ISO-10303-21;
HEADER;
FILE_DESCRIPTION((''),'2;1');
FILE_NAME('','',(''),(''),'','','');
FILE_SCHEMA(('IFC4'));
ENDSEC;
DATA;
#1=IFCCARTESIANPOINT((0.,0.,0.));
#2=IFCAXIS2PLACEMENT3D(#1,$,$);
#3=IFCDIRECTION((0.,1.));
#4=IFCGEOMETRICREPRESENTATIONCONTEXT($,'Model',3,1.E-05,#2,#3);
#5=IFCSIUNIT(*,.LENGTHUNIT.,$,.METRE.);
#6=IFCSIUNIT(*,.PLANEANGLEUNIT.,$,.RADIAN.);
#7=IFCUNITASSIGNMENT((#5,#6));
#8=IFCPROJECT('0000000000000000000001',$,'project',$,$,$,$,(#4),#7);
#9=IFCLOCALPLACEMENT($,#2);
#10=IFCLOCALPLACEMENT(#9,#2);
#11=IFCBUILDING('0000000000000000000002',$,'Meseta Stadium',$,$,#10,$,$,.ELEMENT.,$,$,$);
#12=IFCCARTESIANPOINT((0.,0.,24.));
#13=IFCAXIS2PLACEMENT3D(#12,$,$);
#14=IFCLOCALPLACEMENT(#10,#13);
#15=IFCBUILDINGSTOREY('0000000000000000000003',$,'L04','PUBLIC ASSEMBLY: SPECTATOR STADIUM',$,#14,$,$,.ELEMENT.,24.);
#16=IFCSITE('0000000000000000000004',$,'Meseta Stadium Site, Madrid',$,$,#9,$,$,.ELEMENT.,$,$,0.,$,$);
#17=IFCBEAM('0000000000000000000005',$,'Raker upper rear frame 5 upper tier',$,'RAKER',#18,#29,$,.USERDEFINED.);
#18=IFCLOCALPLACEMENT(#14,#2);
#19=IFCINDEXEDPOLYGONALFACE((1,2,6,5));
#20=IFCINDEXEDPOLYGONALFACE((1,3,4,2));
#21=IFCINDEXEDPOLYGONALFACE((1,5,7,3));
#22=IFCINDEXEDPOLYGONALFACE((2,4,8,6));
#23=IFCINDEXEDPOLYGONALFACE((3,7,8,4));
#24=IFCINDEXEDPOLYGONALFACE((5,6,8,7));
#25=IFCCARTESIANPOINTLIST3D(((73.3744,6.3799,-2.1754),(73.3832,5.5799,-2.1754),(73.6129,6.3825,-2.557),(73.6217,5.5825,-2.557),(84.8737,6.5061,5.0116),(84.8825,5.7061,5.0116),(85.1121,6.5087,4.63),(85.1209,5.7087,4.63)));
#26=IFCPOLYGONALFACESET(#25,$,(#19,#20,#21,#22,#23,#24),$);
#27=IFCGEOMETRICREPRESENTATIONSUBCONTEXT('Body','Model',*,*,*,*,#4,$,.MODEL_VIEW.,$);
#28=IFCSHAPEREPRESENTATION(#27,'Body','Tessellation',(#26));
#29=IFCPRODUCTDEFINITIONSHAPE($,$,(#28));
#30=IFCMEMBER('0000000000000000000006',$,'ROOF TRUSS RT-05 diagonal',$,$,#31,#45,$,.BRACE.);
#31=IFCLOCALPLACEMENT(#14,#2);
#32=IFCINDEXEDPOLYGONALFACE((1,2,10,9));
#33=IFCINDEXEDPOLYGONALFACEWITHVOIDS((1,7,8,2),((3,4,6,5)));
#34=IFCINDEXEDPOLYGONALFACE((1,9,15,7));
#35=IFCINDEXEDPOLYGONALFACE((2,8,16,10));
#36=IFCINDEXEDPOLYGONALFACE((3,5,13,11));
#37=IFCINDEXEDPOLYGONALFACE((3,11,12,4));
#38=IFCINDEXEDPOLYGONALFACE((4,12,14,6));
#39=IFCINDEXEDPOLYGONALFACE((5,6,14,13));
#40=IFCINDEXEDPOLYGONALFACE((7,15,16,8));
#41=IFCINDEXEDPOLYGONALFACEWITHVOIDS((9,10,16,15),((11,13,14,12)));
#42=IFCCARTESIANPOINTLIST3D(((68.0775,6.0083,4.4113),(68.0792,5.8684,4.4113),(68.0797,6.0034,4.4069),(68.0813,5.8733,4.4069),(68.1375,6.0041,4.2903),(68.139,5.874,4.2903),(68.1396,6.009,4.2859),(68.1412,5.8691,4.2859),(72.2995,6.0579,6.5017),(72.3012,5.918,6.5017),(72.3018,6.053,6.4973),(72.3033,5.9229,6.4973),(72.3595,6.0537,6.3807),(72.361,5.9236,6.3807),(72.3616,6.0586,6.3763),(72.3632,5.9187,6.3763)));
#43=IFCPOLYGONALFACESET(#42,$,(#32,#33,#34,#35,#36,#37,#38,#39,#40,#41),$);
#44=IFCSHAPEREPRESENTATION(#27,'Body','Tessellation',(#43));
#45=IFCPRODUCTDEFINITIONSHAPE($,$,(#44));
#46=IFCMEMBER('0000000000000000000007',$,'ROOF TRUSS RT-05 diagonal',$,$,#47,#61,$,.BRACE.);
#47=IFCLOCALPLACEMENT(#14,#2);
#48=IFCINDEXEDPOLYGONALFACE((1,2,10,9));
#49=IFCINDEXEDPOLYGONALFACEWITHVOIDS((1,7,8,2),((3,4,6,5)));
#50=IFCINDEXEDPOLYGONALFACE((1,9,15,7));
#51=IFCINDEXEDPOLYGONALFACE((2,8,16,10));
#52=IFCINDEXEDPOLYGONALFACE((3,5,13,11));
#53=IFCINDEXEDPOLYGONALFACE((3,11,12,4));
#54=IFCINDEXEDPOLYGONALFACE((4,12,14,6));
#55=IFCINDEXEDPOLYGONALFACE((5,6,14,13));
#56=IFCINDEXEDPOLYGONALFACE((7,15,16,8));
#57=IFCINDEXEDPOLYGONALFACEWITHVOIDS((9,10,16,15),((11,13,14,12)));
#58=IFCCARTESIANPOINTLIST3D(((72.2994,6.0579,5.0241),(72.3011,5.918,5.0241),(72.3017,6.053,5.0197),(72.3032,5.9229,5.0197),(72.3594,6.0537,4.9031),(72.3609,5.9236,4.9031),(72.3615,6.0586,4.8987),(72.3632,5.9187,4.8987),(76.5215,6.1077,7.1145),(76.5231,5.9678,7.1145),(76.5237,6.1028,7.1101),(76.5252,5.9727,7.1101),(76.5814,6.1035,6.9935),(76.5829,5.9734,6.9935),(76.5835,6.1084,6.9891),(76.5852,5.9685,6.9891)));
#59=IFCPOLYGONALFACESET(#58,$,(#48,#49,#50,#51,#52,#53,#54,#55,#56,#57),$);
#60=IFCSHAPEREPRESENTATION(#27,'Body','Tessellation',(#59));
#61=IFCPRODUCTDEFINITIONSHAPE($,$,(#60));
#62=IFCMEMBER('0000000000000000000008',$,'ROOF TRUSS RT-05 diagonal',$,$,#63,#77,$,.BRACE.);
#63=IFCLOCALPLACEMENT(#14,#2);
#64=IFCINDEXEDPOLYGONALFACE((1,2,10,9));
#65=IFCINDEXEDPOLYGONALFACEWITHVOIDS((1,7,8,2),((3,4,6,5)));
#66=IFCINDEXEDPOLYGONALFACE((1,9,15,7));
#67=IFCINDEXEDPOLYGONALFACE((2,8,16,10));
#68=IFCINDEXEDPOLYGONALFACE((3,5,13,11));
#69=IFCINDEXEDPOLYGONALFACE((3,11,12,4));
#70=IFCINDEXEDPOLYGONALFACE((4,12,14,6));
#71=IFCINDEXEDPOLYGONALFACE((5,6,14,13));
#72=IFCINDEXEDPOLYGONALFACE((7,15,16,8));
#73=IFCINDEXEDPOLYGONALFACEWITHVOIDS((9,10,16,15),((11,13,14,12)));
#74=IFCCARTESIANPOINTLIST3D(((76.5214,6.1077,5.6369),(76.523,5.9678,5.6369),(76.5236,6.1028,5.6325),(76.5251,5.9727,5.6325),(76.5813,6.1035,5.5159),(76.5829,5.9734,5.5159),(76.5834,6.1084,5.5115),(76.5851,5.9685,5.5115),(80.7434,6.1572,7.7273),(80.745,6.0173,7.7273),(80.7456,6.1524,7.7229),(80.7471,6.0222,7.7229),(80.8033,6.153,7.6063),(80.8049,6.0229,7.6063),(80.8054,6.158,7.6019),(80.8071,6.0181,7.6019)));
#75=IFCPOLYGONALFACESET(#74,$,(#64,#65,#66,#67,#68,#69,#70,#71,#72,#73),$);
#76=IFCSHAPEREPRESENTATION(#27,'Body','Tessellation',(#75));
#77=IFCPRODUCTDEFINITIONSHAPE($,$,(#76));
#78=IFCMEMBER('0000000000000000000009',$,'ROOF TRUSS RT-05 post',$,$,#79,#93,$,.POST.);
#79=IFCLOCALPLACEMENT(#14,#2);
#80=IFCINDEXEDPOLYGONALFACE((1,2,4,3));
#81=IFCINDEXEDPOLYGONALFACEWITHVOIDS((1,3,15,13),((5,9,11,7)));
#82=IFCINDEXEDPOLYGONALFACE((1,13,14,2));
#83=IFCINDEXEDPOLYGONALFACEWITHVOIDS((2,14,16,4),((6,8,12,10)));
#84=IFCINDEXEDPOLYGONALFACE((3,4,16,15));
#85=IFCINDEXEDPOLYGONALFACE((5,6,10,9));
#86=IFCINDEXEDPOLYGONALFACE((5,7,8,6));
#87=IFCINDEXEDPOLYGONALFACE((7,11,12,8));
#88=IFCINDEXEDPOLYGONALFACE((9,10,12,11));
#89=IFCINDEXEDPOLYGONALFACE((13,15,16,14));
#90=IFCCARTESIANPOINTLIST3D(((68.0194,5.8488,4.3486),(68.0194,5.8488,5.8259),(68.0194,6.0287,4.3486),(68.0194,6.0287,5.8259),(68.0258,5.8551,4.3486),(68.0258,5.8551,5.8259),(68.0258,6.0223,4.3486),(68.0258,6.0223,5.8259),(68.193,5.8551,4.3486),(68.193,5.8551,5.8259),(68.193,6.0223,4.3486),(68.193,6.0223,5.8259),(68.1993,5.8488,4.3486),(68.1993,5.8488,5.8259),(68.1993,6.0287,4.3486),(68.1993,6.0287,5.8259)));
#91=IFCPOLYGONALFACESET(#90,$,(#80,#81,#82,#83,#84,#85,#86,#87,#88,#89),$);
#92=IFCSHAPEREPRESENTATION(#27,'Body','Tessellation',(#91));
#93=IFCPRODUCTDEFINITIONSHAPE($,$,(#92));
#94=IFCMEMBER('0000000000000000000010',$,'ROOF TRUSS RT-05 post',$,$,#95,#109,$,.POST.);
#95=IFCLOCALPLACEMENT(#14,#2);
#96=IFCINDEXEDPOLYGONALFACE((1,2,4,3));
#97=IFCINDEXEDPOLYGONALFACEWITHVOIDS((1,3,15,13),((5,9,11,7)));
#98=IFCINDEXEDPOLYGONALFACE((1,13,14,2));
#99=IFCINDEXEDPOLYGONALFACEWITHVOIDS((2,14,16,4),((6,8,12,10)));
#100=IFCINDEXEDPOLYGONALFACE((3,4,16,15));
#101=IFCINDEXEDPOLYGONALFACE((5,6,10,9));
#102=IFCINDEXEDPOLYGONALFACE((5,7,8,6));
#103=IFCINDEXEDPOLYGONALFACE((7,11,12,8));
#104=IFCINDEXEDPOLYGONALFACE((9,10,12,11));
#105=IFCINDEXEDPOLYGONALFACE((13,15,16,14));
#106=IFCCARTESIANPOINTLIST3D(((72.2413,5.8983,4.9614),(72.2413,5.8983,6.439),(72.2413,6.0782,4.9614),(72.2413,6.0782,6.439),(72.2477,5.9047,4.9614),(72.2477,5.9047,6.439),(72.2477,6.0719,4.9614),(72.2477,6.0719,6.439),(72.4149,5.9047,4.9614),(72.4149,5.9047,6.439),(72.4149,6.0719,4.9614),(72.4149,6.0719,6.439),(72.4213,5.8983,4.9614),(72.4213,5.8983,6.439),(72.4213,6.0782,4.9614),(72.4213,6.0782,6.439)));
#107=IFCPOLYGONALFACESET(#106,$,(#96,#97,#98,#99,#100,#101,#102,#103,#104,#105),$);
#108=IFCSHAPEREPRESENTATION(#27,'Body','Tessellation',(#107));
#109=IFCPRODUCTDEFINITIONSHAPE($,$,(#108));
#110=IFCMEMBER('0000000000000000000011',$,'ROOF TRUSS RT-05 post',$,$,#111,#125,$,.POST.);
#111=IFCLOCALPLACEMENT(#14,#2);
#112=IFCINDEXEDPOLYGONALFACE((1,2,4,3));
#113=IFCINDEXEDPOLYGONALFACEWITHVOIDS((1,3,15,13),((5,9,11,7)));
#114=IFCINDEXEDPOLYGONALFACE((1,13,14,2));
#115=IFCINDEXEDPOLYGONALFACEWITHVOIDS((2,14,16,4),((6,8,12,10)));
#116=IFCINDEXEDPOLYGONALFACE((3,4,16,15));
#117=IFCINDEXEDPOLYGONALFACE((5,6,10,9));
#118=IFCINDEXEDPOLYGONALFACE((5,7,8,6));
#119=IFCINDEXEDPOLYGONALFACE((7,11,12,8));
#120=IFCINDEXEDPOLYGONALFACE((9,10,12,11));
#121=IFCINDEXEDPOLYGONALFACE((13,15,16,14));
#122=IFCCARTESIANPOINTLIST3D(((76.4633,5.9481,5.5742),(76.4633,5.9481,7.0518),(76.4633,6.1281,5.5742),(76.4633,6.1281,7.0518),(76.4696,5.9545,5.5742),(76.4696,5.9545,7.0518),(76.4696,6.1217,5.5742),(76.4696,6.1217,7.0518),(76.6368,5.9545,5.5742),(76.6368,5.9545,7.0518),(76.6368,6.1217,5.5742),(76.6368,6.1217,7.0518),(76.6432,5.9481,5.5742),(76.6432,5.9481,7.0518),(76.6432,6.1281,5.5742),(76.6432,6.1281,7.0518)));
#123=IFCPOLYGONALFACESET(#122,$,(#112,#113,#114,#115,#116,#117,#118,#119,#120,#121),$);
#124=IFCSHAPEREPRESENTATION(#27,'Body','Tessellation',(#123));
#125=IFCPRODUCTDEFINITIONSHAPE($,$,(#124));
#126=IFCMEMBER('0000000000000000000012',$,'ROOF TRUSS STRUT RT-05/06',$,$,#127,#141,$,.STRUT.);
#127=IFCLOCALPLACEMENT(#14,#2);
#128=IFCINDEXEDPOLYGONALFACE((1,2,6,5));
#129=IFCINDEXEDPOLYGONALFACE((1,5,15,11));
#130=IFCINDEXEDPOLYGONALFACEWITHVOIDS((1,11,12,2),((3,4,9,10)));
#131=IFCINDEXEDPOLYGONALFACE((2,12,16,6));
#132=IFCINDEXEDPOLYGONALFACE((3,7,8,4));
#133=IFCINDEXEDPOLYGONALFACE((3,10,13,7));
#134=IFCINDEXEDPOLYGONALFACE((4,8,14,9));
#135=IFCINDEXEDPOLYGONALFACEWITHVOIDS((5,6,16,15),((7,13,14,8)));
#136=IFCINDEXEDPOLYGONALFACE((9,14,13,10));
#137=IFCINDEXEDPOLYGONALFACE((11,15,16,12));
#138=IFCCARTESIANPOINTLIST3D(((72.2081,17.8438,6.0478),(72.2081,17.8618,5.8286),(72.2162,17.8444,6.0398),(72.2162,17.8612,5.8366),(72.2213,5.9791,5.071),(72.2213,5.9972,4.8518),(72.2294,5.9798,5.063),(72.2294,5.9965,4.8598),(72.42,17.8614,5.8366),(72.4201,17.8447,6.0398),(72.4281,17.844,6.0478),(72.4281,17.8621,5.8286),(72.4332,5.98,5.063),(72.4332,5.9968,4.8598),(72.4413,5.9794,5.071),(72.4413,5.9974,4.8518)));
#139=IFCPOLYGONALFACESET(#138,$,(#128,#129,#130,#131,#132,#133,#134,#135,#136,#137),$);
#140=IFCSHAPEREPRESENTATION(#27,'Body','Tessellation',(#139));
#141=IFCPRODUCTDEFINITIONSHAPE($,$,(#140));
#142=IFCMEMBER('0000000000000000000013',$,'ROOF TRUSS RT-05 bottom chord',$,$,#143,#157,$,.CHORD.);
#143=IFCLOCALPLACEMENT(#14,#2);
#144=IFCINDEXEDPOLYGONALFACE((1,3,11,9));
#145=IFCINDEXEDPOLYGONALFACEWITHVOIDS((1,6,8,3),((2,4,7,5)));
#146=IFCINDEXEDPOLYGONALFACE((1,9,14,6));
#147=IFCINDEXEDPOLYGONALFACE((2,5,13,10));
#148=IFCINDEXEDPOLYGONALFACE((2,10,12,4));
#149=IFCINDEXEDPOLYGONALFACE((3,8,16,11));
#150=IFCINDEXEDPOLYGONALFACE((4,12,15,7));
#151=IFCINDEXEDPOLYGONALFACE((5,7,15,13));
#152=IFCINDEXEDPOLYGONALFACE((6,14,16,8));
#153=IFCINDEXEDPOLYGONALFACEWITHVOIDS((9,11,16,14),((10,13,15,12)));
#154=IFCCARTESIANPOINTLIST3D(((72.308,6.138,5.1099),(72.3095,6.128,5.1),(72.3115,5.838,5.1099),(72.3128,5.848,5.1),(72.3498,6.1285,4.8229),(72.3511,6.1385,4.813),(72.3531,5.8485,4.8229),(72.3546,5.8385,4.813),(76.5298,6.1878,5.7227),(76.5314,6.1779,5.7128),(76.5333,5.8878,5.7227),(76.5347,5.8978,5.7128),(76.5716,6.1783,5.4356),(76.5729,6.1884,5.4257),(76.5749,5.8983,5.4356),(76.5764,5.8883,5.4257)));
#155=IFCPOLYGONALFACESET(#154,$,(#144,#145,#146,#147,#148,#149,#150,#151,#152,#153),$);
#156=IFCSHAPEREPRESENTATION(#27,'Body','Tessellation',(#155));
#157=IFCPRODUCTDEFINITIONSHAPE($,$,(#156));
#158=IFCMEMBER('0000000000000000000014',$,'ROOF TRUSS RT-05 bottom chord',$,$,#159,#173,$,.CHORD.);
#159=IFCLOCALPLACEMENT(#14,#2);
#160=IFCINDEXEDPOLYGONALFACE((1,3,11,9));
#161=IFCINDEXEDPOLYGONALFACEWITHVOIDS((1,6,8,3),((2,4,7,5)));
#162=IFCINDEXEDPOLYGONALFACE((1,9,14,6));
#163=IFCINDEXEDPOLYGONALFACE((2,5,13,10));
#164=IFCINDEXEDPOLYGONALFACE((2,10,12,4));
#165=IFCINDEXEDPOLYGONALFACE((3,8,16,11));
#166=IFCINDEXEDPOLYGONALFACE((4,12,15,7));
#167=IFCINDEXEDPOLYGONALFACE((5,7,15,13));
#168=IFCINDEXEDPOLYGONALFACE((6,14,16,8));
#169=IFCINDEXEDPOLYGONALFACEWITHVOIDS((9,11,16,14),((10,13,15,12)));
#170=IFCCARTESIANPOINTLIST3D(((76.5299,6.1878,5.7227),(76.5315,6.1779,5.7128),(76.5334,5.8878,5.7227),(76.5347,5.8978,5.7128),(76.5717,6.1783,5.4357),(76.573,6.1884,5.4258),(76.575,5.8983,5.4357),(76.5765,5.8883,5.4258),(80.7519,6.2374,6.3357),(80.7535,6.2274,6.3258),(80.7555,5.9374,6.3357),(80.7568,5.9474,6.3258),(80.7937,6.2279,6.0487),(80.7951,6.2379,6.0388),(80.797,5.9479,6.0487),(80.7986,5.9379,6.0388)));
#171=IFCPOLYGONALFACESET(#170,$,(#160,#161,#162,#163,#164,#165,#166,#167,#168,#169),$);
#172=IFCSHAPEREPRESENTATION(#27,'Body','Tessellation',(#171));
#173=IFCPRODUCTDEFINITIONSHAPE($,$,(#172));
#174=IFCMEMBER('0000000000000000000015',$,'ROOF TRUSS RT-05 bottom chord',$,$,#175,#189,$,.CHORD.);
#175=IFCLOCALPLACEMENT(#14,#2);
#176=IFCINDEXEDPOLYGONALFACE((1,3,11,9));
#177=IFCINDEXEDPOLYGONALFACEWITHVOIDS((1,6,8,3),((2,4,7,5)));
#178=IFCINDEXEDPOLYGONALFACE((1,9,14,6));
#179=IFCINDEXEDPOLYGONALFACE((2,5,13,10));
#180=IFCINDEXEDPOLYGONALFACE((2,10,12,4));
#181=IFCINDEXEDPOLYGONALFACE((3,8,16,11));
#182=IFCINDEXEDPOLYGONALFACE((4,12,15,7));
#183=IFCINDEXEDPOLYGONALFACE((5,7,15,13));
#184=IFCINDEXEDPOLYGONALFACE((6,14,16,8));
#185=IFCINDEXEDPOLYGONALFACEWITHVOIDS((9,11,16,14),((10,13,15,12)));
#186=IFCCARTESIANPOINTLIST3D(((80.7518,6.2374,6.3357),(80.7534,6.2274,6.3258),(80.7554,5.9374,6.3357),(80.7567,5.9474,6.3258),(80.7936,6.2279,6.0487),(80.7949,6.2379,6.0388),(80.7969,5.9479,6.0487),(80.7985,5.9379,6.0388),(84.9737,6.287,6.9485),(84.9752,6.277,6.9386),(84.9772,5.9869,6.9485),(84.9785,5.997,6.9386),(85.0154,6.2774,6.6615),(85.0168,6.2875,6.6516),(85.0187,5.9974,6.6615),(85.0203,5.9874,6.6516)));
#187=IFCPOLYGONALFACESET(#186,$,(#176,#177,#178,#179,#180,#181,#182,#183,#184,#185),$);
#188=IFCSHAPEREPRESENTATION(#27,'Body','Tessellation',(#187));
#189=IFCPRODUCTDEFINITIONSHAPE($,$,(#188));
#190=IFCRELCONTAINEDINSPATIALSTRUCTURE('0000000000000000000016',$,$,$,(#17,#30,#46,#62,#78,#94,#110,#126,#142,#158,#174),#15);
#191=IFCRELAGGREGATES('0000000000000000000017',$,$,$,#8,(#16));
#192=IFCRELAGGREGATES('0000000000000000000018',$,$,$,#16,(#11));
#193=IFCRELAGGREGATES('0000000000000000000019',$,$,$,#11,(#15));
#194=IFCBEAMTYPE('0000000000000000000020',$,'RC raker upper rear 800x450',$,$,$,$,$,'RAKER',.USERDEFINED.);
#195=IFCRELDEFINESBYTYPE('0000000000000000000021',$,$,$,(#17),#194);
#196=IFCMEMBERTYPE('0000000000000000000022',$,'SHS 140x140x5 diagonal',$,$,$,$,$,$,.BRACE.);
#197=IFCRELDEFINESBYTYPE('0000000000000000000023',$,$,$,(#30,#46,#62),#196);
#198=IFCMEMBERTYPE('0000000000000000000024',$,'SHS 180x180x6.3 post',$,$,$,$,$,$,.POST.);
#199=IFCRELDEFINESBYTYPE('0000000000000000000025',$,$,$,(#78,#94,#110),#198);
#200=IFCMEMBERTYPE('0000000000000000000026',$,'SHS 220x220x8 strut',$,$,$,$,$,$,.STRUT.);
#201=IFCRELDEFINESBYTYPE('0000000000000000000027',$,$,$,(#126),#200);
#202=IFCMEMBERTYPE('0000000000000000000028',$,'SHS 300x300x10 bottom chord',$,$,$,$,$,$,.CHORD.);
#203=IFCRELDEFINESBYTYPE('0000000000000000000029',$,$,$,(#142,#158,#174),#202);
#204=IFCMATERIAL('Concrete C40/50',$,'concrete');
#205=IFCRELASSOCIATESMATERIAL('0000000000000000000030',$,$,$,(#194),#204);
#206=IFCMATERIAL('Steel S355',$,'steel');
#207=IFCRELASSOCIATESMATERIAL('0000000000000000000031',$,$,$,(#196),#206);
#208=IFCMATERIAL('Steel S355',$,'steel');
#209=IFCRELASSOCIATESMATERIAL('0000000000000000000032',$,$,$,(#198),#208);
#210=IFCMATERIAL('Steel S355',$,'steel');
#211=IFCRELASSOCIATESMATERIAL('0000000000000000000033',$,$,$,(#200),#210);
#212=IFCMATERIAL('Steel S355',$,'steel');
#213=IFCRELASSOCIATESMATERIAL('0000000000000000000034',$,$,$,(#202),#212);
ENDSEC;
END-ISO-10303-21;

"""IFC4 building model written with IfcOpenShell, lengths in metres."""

from ifc_helpers import new_model, si_unit, direction, frame, origin, origin_2d, place, context, subcontext, project, spatial, rectangle, hollow_rectangle, extrude, material, material_profile, profile_set, type_object, element, save


model = new_model("IFC4")

# Units and contexts
model_context = context("Model", 3, precision=1e-05, world=origin(), true_north=direction((0.0, 1.0)))
body_context = subcontext(model_context, "Body", "Model", "MODEL_VIEW")
ifc_project = project(units=[si_unit("LENGTHUNIT", "METRE"), si_unit("PLANEANGLEUNIT", "RADIAN")], contexts=[model_context])

# Site, building, storey
site_placement = place(None, origin())
site = spatial("IfcSite", under=ifc_project, at=site_placement, Name="Meseta Stadium Site, Madrid", CompositionType="ELEMENT", RefElevation=0.0)
building_placement = place(site_placement, origin())
building = spatial("IfcBuilding", under=site, at=building_placement, Name="Meseta Stadium", CompositionType="ELEMENT")
storey_placement = place(building_placement, frame((0.0, 0.0, 24.0)))
storey = spatial("IfcBuildingStorey", under=building, at=storey_placement, Name="L04", Description="PUBLIC ASSEMBLY: SPECTATOR STADIUM", CompositionType="ELEMENT", Elevation=24.0)

# Beam
ifc_material_1 = material(Name="Concrete C40/50", Category="concrete")
ifc_material_profile_1 = material_profile(ifc_material_1, rectangle(XDim=0.8, YDim=0.45, at=origin_2d()), Name="RC 800x450")
ifc_profile_set_1 = profile_set([ifc_material_profile_1], Name="Concrete C40/50")
beam_type = type_object("IfcBeamType", Name="RC raker upper rear 800x450", ElementType="RAKER", PredefinedType="USERDEFINED", material=ifc_profile_set_1)
beam_placement = place(storey_placement, frame((73.498, 5.9812, -2.3662), z_axis=(0.847963, 0.009308, 0.529974), x_axis=(-0.010976, 0.99994, 0.0)))
element("IfcBeam", 1, at=beam_placement, inside=storey, type_object=beam_type, Name="Raker upper rear frame 5 upper tier", ObjectType="RAKER", PredefinedType="USERDEFINED", context=body_context, shape_type="SweptSolid", body=[
    extrude(rectangle(XDim=0.8, YDim=0.45, at=origin_2d()), origin(), (0.0, 0.0, 1.0), 13.561),
])

# Members
ifc_material_2 = material(Name="Steel S355", Category="steel")
ifc_material_profile_2 = material_profile(ifc_material_2, hollow_rectangle(XDim=0.1399, YDim=0.1399, WallThickness=0.0049, at=origin_2d()), Name="SHS 140x140x5")
ifc_profile_set_2 = profile_set([ifc_material_profile_2], Name="Steel S355")
member_type_1 = type_object("IfcMemberType", Name="SHS 140x140x5 diagonal", PredefinedType="BRACE", material=ifc_profile_set_2)
for number, where, z_axis, x_axis, name in (
    (2, (68.1094, 5.9387, 4.3486), (0.896122, 0.010519, 0.443682), (-0.011738, 0.999931, 0.0), "ROOF TRUSS RT-05 diagonal"),
    (3, (72.3313, 5.9883, 4.9614), (0.896122, 0.010571, 0.443682), (-0.011796, 0.99993, 0.0), "ROOF TRUSS RT-05 diagonal"),
    (4, (76.5532, 6.0381, 5.5742), (0.896122, 0.010519, 0.443682), (-0.011738, 0.999931, 0.0), "ROOF TRUSS RT-05 diagonal"),
):
    element("IfcMember", number, at=place(storey_placement, frame(where, z_axis=z_axis, x_axis=x_axis)), inside=storey, type_object=member_type_1, Name=name, PredefinedType="BRACE", context=body_context, shape_type="SweptSolid", body=[
        extrude(hollow_rectangle(XDim=0.1399, YDim=0.1399, WallThickness=0.0049, at=origin_2d()), origin(), (0.0, 0.0, 1.0), 4.7114),
    ])
ifc_material_3 = material(Name="Steel S355", Category="steel")
ifc_material_profile_3 = material_profile(ifc_material_3, hollow_rectangle(XDim=0.1799, YDim=0.1799, WallThickness=0.0063, at=origin_2d()), Name="SHS 180x180x6.3")
ifc_profile_set_3 = profile_set([ifc_material_profile_3], Name="Steel S355")
member_type_2 = type_object("IfcMemberType", Name="SHS 180x180x6.3 post", PredefinedType="POST", material=ifc_profile_set_3)
member_1_placement = place(storey_placement, frame((68.1094, 5.9387, 4.3486), z_axis=(0.0, 0.0, 1.0), x_axis=(1.0, 0.0, 0.0)))
element("IfcMember", 5, at=member_1_placement, inside=storey, type_object=member_type_2, Name="ROOF TRUSS RT-05 post", PredefinedType="POST", context=body_context, shape_type="SweptSolid", body=[
    extrude(hollow_rectangle(XDim=0.1799, YDim=0.1799, WallThickness=0.0063, at=origin_2d()), origin(), (0.0, 0.0, 1.0), 1.4773),
])
for number, where, z_axis, x_axis, name in (
    (6, (72.3313, 5.9883, 4.9614), (0.0, 0.0, 1.0), (1.0, 0.0, 0.0), "ROOF TRUSS RT-05 post"),
    (7, (76.5532, 6.0381, 5.5742), (0.0, 0.0, 1.0), (1.0, 0.0, 0.0), "ROOF TRUSS RT-05 post"),
):
    element("IfcMember", number, at=place(storey_placement, frame(where, z_axis=z_axis, x_axis=x_axis)), inside=storey, type_object=member_type_2, Name=name, PredefinedType="POST", context=body_context, shape_type="SweptSolid", body=[
        extrude(hollow_rectangle(XDim=0.1799, YDim=0.1799, WallThickness=0.0063, at=origin_2d()), origin(), (0.0, 0.0, 1.0), 1.4775),
    ])
ifc_material_4 = material(Name="Steel S355", Category="steel")
ifc_material_profile_4 = material_profile(ifc_material_4, hollow_rectangle(XDim=0.22, YDim=0.22, WallThickness=0.0081, at=origin_2d()), Name="SHS 220x220x8")
ifc_profile_set_4 = profile_set([ifc_material_profile_4], Name="Steel S355")
member_type_3 = type_object("IfcMemberType", Name="SHS 220x220x8 strut", PredefinedType="STRUT", material=ifc_profile_set_4)
member_2_placement = place(storey_placement, frame((72.3313, 5.9883, 4.9614), z_axis=(-0.001107, 0.996628, 0.082051), x_axis=(-0.999999, -0.001111, 0.0)))
element("IfcMember", 8, at=member_2_placement, inside=storey, type_object=member_type_3, Name="ROOF TRUSS STRUT RT-05/06", PredefinedType="STRUT", context=body_context, shape_type="SweptSolid", body=[
    extrude(hollow_rectangle(XDim=0.22, YDim=0.22, WallThickness=0.0081, at=origin_2d()), origin(), (0.0, 0.0, 1.0), 11.9048),
])
ifc_material_5 = material(Name="Steel S355", Category="steel")
ifc_material_profile_5 = material_profile(ifc_material_5, hollow_rectangle(XDim=0.3, YDim=0.3, WallThickness=0.01, at=origin_2d()), Name="SHS 300x300x10")
ifc_profile_set_5 = profile_set([ifc_material_profile_5], Name="Steel S355")
member_type_4 = type_object("IfcMemberType", Name="SHS 300x300x10 bottom chord", PredefinedType="CHORD", material=ifc_profile_set_5)
member_3_placement = place(storey_placement, frame((72.3313, 5.9883, 4.9614), z_axis=(0.989563, 0.011674, 0.14363), x_axis=(-0.011796, 0.99993, 0.0)))
element("IfcMember", 9, at=member_3_placement, inside=storey, type_object=member_type_4, Name="ROOF TRUSS RT-05 bottom chord", PredefinedType="CHORD", context=body_context, shape_type="SweptSolid", body=[
    extrude(hollow_rectangle(XDim=0.3, YDim=0.3, WallThickness=0.01, at=origin_2d()), origin(), (0.0, 0.0, 1.0), 4.2664),
])
member_4_placement = place(storey_placement, frame((76.5532, 6.0381, 5.5742), z_axis=(0.989555, 0.011616, 0.143687), x_axis=(-0.011738, 0.999931, 0.0)))
element("IfcMember", 10, at=member_4_placement, inside=storey, type_object=member_type_4, Name="ROOF TRUSS RT-05 bottom chord", PredefinedType="CHORD", context=body_context, shape_type="SweptSolid", body=[
    extrude(hollow_rectangle(XDim=0.3, YDim=0.3, WallThickness=0.01, at=origin_2d()), origin(), (0.0, 0.0, 1.0), 4.2666),
])
member_5_placement = place(storey_placement, frame((80.7751, 6.0876, 6.1873), z_axis=(0.989563, 0.011616, 0.143631), x_axis=(-0.011738, 0.999931, 0.0)))
element("IfcMember", 11, at=member_5_placement, inside=storey, type_object=member_type_4, Name="ROOF TRUSS RT-05 bottom chord", PredefinedType="CHORD", context=body_context, shape_type="SweptSolid", body=[
    extrude(hollow_rectangle(XDim=0.3, YDim=0.3, WallThickness=0.01, at=origin_2d()), origin(), (0.0, 0.0, 1.0), 4.2664),
])

save(model, "model.ifc")
